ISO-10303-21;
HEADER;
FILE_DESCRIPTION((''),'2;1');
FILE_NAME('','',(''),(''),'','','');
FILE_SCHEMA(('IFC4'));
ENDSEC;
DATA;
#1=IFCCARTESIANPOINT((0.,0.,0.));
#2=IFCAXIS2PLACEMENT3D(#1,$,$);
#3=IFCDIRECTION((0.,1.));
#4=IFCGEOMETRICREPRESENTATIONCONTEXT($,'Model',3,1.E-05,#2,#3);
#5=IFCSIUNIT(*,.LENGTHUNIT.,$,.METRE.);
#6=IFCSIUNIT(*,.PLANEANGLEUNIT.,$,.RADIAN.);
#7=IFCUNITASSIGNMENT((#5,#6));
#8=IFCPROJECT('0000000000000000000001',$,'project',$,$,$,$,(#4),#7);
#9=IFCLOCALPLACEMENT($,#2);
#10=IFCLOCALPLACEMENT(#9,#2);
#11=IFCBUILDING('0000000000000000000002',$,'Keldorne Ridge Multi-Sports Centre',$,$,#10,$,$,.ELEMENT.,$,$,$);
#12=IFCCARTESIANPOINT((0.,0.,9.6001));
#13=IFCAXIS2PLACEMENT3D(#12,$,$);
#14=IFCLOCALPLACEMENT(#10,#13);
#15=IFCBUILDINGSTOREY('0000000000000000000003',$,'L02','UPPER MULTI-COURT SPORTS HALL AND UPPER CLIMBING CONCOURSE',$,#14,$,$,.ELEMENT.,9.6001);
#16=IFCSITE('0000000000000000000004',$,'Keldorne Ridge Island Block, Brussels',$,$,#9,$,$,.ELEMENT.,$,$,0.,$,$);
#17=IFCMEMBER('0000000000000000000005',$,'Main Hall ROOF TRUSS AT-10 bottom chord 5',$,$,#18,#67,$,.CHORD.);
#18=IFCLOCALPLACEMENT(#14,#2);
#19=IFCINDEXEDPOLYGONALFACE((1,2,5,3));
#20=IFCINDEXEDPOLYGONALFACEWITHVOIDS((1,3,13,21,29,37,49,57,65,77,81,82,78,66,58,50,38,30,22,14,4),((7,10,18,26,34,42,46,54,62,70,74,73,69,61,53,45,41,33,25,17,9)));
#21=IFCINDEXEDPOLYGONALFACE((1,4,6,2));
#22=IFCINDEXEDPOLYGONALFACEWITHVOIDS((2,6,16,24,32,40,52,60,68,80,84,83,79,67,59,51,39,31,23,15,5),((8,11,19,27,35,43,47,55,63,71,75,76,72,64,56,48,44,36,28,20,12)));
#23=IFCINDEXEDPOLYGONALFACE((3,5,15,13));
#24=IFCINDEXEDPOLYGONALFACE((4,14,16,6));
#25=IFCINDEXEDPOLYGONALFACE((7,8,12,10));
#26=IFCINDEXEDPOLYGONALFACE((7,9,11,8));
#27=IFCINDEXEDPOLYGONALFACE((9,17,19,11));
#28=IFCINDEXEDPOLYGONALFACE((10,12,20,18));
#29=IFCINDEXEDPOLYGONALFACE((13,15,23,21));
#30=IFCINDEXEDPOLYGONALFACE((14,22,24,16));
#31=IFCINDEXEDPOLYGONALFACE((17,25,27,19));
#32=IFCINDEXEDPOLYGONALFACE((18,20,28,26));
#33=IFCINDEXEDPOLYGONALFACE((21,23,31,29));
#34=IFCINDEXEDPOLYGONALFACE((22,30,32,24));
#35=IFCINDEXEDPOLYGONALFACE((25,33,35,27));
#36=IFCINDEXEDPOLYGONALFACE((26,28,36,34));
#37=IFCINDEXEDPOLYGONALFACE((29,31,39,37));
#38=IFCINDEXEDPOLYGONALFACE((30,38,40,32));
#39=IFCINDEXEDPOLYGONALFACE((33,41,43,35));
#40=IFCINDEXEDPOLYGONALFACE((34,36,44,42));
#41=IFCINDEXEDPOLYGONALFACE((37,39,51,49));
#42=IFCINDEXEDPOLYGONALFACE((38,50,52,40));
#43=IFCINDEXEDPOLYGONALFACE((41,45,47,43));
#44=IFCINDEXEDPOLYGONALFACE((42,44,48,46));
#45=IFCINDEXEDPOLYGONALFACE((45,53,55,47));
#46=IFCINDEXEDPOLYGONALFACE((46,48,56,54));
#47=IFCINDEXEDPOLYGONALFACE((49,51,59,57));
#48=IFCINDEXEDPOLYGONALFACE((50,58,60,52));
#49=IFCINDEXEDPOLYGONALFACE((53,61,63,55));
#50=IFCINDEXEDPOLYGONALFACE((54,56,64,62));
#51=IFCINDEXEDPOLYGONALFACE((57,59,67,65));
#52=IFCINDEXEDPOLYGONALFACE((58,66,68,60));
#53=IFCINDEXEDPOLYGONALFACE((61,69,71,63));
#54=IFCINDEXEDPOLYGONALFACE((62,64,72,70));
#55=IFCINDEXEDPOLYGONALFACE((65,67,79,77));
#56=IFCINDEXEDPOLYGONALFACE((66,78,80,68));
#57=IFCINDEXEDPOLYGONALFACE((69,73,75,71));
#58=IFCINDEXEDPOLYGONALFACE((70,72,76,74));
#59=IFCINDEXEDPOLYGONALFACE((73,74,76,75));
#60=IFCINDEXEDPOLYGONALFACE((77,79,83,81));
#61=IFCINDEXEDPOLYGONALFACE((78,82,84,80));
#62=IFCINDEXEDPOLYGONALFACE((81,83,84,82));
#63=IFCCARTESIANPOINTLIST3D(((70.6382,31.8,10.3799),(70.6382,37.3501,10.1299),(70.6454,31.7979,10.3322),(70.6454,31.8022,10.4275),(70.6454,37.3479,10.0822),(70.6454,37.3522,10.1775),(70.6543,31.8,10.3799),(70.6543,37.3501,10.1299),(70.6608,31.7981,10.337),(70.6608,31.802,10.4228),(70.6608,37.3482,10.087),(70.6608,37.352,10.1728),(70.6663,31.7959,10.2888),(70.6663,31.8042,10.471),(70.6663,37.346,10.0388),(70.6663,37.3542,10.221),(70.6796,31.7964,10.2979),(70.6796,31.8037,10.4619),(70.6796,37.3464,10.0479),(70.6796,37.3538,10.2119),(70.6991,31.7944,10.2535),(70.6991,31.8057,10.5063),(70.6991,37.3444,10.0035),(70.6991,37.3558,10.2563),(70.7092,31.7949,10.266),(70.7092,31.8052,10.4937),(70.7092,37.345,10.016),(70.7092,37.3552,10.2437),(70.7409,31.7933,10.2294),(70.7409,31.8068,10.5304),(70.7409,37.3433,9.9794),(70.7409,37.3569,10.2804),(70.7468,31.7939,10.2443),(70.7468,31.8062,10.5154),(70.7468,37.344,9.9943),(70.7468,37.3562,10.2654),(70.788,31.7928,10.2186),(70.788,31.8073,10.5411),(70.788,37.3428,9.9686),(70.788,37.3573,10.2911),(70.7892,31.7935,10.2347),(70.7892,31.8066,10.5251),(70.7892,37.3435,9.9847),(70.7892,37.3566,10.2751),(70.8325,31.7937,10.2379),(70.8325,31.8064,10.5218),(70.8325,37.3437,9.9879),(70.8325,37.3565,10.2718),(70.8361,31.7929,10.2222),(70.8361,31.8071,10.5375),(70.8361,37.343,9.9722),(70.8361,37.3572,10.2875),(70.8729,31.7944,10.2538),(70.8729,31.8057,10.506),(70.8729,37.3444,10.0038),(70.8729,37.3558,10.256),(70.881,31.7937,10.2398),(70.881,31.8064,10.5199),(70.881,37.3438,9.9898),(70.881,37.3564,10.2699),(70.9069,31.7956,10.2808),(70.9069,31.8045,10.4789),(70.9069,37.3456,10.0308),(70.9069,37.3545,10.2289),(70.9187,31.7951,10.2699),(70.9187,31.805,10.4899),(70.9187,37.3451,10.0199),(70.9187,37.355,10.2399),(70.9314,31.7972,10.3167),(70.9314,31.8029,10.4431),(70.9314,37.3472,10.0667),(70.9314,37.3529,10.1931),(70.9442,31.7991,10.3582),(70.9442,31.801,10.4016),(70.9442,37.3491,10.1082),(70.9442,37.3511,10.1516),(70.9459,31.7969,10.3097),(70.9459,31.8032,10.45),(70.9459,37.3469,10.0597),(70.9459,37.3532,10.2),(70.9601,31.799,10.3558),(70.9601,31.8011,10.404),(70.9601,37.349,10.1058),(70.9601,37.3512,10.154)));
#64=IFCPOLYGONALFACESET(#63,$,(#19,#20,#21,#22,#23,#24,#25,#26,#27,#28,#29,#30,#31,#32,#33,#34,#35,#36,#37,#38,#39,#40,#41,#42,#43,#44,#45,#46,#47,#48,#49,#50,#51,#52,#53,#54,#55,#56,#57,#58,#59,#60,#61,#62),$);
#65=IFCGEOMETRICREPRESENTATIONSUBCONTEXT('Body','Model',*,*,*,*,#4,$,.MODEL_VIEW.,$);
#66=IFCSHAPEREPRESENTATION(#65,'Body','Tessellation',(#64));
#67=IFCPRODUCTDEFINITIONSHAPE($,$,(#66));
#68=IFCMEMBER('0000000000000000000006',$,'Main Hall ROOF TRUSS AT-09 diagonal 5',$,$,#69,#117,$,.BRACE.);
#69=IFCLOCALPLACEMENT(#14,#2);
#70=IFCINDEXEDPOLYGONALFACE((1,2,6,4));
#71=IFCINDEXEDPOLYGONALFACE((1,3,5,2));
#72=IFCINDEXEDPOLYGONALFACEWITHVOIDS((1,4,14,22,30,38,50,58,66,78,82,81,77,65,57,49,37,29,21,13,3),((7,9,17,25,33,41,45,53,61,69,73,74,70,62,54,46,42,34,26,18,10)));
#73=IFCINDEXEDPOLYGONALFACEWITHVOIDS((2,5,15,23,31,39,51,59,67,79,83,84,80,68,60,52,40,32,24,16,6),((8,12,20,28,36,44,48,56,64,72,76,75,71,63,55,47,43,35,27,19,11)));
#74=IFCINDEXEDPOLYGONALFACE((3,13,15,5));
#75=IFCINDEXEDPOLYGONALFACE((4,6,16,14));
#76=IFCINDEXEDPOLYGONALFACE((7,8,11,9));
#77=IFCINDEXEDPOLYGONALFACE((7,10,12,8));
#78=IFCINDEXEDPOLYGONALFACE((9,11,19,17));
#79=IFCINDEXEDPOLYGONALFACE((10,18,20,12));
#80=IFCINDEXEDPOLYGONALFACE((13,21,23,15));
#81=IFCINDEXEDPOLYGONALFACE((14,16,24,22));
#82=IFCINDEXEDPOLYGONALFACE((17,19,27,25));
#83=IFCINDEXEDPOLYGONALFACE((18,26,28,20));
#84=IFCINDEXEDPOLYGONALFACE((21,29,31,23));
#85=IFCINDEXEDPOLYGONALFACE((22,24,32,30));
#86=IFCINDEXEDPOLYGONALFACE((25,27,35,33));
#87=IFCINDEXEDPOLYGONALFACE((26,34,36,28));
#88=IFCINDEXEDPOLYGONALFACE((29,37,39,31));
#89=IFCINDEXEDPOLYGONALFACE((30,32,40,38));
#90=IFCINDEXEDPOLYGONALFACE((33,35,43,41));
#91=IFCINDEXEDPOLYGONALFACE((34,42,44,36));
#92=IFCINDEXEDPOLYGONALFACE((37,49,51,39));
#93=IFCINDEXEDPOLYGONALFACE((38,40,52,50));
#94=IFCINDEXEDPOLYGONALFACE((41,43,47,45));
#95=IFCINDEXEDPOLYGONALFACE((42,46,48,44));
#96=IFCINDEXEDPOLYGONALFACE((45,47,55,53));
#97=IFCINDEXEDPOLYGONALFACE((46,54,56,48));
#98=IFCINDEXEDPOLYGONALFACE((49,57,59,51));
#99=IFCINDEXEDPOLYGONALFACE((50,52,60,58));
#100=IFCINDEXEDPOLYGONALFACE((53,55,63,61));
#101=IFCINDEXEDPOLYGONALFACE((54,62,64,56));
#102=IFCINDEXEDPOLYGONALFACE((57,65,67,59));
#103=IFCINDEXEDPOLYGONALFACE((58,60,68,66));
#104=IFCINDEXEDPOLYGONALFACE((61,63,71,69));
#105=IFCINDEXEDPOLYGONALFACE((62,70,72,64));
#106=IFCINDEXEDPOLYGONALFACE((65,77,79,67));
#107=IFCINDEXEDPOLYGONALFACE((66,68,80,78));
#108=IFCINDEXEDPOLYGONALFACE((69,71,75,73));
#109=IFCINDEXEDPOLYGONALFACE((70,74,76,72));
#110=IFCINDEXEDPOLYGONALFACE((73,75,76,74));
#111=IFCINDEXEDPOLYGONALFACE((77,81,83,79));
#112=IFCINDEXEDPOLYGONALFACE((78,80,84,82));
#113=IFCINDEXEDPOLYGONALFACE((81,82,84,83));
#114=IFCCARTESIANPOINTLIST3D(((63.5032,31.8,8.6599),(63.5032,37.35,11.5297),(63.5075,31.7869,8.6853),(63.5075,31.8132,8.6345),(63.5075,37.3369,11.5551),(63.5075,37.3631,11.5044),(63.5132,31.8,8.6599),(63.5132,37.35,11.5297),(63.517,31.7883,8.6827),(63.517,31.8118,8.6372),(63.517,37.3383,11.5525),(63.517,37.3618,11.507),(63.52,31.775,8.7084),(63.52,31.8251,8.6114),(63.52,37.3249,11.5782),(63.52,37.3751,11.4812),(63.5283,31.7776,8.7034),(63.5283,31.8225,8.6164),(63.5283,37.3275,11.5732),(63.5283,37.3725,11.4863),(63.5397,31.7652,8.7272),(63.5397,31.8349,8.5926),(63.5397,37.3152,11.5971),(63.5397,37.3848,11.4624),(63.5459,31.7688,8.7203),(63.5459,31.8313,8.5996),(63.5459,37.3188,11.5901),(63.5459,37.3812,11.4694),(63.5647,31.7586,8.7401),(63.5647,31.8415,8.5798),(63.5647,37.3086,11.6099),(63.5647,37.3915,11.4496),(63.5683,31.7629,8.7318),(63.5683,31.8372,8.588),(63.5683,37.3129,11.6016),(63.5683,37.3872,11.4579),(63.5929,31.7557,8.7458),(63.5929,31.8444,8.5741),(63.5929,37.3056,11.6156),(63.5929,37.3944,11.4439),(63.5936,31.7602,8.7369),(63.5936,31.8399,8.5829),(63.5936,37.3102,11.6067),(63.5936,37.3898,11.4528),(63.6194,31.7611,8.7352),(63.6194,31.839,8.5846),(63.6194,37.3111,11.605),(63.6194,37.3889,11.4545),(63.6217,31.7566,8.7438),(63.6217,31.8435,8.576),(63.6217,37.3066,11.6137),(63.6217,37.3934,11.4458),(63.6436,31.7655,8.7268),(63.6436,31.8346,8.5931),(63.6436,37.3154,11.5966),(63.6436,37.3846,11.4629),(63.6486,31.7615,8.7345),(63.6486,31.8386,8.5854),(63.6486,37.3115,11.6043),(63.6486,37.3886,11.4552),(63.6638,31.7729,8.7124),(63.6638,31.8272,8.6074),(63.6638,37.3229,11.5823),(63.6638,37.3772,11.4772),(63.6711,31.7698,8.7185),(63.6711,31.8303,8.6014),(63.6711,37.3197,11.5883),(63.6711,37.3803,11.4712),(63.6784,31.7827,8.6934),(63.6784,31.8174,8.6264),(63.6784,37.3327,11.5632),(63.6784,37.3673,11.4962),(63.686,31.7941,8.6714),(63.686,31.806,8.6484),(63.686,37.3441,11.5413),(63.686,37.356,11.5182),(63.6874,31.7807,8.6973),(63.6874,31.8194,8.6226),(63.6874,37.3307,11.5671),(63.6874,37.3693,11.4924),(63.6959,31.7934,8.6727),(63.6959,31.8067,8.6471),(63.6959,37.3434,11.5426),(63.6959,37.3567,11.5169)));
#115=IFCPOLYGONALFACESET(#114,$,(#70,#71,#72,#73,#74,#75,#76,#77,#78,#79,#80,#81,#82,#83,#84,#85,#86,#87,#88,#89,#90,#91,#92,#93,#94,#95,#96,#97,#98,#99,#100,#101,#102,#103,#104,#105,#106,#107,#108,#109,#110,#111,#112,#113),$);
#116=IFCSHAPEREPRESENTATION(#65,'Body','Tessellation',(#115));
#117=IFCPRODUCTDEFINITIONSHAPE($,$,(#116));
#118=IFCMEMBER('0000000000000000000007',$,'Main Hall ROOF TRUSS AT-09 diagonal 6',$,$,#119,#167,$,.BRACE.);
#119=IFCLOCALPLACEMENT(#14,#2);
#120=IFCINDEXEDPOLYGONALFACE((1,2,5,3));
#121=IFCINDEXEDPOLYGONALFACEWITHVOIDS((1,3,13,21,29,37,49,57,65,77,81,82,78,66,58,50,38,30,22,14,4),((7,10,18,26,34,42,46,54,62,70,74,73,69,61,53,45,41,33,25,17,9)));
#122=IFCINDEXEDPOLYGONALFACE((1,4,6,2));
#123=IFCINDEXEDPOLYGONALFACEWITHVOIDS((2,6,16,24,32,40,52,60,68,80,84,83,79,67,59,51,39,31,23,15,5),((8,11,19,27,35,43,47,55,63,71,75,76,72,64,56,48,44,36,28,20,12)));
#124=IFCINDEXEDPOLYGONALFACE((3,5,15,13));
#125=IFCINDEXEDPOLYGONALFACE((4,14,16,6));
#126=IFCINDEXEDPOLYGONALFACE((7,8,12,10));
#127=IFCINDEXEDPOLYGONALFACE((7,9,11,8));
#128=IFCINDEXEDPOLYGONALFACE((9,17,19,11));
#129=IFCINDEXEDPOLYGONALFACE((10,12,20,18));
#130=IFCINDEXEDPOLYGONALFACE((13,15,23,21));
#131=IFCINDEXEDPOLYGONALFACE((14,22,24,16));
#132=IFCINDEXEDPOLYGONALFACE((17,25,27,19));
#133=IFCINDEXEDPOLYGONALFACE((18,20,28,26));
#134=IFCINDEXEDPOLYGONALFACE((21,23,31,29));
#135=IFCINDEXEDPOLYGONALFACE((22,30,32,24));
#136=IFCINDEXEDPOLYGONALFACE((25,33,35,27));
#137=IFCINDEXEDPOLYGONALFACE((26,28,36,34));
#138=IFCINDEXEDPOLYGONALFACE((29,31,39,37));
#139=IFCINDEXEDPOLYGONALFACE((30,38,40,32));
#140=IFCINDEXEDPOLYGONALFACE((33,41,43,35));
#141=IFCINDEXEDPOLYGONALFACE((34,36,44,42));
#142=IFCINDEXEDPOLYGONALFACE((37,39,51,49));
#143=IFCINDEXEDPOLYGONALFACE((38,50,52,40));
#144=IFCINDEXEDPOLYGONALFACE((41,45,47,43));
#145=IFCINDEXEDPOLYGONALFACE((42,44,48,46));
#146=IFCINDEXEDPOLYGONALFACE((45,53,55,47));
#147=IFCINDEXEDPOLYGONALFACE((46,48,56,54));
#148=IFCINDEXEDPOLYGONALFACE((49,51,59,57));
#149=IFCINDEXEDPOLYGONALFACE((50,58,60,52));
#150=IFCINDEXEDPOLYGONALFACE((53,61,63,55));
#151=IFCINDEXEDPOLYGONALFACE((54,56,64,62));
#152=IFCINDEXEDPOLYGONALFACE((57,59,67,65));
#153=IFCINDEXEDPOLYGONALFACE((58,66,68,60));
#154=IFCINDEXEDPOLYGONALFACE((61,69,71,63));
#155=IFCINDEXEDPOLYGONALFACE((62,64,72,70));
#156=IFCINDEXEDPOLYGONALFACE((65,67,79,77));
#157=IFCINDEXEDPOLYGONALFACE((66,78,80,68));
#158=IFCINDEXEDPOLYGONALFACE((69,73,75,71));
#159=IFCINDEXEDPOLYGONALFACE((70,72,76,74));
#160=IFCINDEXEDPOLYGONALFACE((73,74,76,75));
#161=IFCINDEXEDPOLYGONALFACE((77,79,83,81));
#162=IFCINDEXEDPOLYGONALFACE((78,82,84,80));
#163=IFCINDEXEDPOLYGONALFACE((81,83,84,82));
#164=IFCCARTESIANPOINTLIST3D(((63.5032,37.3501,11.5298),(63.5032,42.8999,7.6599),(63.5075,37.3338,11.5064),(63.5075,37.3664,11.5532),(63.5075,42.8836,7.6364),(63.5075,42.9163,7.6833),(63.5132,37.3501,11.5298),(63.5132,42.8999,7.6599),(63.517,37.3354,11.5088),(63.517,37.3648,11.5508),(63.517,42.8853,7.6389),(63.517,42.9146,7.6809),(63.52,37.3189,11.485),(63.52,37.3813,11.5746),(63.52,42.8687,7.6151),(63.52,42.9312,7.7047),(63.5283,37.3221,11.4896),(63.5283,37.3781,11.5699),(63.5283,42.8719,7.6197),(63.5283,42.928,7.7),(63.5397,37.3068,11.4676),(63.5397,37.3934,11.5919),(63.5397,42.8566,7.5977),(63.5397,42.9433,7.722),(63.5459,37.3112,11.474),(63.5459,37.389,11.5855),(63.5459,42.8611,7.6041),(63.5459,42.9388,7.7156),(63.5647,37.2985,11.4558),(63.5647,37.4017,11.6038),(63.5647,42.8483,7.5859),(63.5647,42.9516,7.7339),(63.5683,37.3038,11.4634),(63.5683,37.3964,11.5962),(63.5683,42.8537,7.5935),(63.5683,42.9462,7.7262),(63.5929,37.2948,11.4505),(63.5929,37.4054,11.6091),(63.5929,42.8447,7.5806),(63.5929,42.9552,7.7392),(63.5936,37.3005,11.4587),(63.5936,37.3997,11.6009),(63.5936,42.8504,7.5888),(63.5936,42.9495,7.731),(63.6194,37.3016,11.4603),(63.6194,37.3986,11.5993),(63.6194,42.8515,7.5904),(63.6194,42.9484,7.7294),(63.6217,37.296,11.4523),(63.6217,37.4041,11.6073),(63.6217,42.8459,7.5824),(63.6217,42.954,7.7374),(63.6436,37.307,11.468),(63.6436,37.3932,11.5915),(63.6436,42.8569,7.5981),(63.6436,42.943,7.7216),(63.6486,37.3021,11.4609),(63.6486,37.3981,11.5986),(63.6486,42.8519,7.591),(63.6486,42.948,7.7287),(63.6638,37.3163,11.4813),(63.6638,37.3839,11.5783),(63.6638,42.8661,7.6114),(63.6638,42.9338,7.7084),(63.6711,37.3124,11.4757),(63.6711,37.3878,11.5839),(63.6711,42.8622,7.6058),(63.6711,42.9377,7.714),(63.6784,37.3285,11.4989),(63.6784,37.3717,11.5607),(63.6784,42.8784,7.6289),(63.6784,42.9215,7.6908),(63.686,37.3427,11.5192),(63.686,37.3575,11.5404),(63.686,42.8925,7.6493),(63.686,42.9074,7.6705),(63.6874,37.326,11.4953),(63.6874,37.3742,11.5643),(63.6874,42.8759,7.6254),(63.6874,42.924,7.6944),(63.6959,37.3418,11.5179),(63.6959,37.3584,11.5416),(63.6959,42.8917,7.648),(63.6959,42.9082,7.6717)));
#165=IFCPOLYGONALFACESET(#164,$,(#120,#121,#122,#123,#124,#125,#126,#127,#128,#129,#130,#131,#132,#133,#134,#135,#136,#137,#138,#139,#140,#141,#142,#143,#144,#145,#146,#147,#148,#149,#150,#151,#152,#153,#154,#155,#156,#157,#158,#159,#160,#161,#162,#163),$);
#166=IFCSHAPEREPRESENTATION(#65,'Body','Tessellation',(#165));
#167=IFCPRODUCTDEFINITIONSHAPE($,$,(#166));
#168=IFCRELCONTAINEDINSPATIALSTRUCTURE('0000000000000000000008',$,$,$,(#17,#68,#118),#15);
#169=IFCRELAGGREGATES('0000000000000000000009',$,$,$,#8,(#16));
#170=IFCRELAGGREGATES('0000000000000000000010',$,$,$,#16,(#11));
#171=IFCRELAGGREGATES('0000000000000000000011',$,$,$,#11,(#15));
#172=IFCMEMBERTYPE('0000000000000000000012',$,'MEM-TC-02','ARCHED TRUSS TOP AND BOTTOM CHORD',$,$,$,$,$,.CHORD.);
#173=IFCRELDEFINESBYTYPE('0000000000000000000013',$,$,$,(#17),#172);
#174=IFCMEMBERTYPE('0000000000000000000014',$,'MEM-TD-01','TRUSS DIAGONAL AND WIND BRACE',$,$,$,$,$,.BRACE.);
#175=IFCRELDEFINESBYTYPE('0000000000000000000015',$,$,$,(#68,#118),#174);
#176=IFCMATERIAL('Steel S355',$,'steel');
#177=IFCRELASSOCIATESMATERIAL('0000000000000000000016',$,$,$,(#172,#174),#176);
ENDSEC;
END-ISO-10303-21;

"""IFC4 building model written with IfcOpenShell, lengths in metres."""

from ifc_helpers import new_model, si_unit, direction, frame, origin, origin_2d, place, context, subcontext, project, spatial, hollow_circle, extrude, material, material_profile, profile_set, type_object, element, save


model = new_model("IFC4")

# Units and contexts
model_context = context("Model", 3, precision=1e-05, world=origin(), true_north=direction((0.0, 1.0)))
body_context = subcontext(model_context, "Body", "Model", "MODEL_VIEW")
ifc_project = project(units=[si_unit("LENGTHUNIT", "METRE"), si_unit("PLANEANGLEUNIT", "RADIAN")], contexts=[model_context])

# Site, building, storey
site_placement = place(None, origin())
site = spatial("IfcSite", under=ifc_project, at=site_placement, Name="Keldorne Ridge Island Block, Brussels", CompositionType="ELEMENT", RefElevation=0.0)
building_placement = place(site_placement, origin())
building = spatial("IfcBuilding", under=site, at=building_placement, Name="Keldorne Ridge Multi-Sports Centre", CompositionType="ELEMENT")
storey_placement = place(building_placement, frame((0.0, 0.0, 9.6001)))
storey = spatial("IfcBuildingStorey", under=building, at=storey_placement, Name="L02", Description="UPPER MULTI-COURT SPORTS HALL AND UPPER CLIMBING CONCOURSE", CompositionType="ELEMENT", Elevation=9.6001)

# Shared definitions
ifc_material = material(Name="Steel S355", Category="steel")

# Members
ifc_material_profile_1 = material_profile(ifc_material, hollow_circle(Radius=0.1619, WallThickness=0.0161, at=origin_2d()), Name="CHS 323.9x16")
ifc_profile_set_1 = profile_set([ifc_material_profile_1], Name="Steel S355")
member_type_1 = type_object("IfcMemberType", Name="MEM-TC-02", Description="ARCHED TRUSS TOP AND BOTTOM CHORD", PredefinedType="CHORD", material=ifc_profile_set_1)
for number, where, z_axis, x_axis, name in (
    (1, (70.8, 31.8, 10.3799), (0.0, 0.998987, -0.044999), (-1.0, 0.0, 0.0), "Main Hall ROOF TRUSS AT-10 bottom chord 5"),
):
    element("IfcMember", number, at=place(storey_placement, frame(where, z_axis=z_axis, x_axis=x_axis)), inside=storey, type_object=member_type_1, Name=name, PredefinedType="CHORD", context=body_context, shape_type="SweptSolid", body=[
        extrude(hollow_circle(Radius=0.1619, WallThickness=0.0161, at=origin_2d()), origin(), (0.0, 0.0, 1.0), 5.5557),
    ])
ifc_material_profile_2 = material_profile(ifc_material, hollow_circle(Radius=0.0969, WallThickness=0.01, at=origin_2d()), Name="CHS 193.7x10")
ifc_profile_set_2 = profile_set([ifc_material_profile_2], Name="Steel S355")
member_type_2 = type_object("IfcMemberType", Name="MEM-TD-01", Description="TRUSS DIAGONAL AND WIND BRACE", PredefinedType="BRACE", material=ifc_profile_set_2)
member_1_placement = place(storey_placement, frame((63.6001, 31.8, 8.6599), z_axis=(0.0, 0.888273, 0.459317), x_axis=(-1.0, 0.0, 0.0)))
element("IfcMember", 2, at=member_1_placement, inside=storey, type_object=member_type_2, Name="Main Hall ROOF TRUSS AT-09 diagonal 5", PredefinedType="BRACE", context=body_context, shape_type="SweptSolid", body=[
    extrude(hollow_circle(Radius=0.0969, WallThickness=0.01, at=origin_2d()), origin(), (0.0, 0.0, 1.0), 6.248),
])
member_2_placement = place(storey_placement, frame((63.6001, 37.3501, 11.5298), z_axis=(0.0, 0.820271, -0.571974), x_axis=(-1.0, 0.0, 0.0)))
element("IfcMember", 3, at=member_2_placement, inside=storey, type_object=member_type_2, Name="Main Hall ROOF TRUSS AT-09 diagonal 6", PredefinedType="BRACE", context=body_context, shape_type="SweptSolid", body=[
    extrude(hollow_circle(Radius=0.0969, WallThickness=0.01, at=origin_2d()), origin(), (0.0, 0.0, 1.0), 6.7659),
])

save(model, "model.ifc")
